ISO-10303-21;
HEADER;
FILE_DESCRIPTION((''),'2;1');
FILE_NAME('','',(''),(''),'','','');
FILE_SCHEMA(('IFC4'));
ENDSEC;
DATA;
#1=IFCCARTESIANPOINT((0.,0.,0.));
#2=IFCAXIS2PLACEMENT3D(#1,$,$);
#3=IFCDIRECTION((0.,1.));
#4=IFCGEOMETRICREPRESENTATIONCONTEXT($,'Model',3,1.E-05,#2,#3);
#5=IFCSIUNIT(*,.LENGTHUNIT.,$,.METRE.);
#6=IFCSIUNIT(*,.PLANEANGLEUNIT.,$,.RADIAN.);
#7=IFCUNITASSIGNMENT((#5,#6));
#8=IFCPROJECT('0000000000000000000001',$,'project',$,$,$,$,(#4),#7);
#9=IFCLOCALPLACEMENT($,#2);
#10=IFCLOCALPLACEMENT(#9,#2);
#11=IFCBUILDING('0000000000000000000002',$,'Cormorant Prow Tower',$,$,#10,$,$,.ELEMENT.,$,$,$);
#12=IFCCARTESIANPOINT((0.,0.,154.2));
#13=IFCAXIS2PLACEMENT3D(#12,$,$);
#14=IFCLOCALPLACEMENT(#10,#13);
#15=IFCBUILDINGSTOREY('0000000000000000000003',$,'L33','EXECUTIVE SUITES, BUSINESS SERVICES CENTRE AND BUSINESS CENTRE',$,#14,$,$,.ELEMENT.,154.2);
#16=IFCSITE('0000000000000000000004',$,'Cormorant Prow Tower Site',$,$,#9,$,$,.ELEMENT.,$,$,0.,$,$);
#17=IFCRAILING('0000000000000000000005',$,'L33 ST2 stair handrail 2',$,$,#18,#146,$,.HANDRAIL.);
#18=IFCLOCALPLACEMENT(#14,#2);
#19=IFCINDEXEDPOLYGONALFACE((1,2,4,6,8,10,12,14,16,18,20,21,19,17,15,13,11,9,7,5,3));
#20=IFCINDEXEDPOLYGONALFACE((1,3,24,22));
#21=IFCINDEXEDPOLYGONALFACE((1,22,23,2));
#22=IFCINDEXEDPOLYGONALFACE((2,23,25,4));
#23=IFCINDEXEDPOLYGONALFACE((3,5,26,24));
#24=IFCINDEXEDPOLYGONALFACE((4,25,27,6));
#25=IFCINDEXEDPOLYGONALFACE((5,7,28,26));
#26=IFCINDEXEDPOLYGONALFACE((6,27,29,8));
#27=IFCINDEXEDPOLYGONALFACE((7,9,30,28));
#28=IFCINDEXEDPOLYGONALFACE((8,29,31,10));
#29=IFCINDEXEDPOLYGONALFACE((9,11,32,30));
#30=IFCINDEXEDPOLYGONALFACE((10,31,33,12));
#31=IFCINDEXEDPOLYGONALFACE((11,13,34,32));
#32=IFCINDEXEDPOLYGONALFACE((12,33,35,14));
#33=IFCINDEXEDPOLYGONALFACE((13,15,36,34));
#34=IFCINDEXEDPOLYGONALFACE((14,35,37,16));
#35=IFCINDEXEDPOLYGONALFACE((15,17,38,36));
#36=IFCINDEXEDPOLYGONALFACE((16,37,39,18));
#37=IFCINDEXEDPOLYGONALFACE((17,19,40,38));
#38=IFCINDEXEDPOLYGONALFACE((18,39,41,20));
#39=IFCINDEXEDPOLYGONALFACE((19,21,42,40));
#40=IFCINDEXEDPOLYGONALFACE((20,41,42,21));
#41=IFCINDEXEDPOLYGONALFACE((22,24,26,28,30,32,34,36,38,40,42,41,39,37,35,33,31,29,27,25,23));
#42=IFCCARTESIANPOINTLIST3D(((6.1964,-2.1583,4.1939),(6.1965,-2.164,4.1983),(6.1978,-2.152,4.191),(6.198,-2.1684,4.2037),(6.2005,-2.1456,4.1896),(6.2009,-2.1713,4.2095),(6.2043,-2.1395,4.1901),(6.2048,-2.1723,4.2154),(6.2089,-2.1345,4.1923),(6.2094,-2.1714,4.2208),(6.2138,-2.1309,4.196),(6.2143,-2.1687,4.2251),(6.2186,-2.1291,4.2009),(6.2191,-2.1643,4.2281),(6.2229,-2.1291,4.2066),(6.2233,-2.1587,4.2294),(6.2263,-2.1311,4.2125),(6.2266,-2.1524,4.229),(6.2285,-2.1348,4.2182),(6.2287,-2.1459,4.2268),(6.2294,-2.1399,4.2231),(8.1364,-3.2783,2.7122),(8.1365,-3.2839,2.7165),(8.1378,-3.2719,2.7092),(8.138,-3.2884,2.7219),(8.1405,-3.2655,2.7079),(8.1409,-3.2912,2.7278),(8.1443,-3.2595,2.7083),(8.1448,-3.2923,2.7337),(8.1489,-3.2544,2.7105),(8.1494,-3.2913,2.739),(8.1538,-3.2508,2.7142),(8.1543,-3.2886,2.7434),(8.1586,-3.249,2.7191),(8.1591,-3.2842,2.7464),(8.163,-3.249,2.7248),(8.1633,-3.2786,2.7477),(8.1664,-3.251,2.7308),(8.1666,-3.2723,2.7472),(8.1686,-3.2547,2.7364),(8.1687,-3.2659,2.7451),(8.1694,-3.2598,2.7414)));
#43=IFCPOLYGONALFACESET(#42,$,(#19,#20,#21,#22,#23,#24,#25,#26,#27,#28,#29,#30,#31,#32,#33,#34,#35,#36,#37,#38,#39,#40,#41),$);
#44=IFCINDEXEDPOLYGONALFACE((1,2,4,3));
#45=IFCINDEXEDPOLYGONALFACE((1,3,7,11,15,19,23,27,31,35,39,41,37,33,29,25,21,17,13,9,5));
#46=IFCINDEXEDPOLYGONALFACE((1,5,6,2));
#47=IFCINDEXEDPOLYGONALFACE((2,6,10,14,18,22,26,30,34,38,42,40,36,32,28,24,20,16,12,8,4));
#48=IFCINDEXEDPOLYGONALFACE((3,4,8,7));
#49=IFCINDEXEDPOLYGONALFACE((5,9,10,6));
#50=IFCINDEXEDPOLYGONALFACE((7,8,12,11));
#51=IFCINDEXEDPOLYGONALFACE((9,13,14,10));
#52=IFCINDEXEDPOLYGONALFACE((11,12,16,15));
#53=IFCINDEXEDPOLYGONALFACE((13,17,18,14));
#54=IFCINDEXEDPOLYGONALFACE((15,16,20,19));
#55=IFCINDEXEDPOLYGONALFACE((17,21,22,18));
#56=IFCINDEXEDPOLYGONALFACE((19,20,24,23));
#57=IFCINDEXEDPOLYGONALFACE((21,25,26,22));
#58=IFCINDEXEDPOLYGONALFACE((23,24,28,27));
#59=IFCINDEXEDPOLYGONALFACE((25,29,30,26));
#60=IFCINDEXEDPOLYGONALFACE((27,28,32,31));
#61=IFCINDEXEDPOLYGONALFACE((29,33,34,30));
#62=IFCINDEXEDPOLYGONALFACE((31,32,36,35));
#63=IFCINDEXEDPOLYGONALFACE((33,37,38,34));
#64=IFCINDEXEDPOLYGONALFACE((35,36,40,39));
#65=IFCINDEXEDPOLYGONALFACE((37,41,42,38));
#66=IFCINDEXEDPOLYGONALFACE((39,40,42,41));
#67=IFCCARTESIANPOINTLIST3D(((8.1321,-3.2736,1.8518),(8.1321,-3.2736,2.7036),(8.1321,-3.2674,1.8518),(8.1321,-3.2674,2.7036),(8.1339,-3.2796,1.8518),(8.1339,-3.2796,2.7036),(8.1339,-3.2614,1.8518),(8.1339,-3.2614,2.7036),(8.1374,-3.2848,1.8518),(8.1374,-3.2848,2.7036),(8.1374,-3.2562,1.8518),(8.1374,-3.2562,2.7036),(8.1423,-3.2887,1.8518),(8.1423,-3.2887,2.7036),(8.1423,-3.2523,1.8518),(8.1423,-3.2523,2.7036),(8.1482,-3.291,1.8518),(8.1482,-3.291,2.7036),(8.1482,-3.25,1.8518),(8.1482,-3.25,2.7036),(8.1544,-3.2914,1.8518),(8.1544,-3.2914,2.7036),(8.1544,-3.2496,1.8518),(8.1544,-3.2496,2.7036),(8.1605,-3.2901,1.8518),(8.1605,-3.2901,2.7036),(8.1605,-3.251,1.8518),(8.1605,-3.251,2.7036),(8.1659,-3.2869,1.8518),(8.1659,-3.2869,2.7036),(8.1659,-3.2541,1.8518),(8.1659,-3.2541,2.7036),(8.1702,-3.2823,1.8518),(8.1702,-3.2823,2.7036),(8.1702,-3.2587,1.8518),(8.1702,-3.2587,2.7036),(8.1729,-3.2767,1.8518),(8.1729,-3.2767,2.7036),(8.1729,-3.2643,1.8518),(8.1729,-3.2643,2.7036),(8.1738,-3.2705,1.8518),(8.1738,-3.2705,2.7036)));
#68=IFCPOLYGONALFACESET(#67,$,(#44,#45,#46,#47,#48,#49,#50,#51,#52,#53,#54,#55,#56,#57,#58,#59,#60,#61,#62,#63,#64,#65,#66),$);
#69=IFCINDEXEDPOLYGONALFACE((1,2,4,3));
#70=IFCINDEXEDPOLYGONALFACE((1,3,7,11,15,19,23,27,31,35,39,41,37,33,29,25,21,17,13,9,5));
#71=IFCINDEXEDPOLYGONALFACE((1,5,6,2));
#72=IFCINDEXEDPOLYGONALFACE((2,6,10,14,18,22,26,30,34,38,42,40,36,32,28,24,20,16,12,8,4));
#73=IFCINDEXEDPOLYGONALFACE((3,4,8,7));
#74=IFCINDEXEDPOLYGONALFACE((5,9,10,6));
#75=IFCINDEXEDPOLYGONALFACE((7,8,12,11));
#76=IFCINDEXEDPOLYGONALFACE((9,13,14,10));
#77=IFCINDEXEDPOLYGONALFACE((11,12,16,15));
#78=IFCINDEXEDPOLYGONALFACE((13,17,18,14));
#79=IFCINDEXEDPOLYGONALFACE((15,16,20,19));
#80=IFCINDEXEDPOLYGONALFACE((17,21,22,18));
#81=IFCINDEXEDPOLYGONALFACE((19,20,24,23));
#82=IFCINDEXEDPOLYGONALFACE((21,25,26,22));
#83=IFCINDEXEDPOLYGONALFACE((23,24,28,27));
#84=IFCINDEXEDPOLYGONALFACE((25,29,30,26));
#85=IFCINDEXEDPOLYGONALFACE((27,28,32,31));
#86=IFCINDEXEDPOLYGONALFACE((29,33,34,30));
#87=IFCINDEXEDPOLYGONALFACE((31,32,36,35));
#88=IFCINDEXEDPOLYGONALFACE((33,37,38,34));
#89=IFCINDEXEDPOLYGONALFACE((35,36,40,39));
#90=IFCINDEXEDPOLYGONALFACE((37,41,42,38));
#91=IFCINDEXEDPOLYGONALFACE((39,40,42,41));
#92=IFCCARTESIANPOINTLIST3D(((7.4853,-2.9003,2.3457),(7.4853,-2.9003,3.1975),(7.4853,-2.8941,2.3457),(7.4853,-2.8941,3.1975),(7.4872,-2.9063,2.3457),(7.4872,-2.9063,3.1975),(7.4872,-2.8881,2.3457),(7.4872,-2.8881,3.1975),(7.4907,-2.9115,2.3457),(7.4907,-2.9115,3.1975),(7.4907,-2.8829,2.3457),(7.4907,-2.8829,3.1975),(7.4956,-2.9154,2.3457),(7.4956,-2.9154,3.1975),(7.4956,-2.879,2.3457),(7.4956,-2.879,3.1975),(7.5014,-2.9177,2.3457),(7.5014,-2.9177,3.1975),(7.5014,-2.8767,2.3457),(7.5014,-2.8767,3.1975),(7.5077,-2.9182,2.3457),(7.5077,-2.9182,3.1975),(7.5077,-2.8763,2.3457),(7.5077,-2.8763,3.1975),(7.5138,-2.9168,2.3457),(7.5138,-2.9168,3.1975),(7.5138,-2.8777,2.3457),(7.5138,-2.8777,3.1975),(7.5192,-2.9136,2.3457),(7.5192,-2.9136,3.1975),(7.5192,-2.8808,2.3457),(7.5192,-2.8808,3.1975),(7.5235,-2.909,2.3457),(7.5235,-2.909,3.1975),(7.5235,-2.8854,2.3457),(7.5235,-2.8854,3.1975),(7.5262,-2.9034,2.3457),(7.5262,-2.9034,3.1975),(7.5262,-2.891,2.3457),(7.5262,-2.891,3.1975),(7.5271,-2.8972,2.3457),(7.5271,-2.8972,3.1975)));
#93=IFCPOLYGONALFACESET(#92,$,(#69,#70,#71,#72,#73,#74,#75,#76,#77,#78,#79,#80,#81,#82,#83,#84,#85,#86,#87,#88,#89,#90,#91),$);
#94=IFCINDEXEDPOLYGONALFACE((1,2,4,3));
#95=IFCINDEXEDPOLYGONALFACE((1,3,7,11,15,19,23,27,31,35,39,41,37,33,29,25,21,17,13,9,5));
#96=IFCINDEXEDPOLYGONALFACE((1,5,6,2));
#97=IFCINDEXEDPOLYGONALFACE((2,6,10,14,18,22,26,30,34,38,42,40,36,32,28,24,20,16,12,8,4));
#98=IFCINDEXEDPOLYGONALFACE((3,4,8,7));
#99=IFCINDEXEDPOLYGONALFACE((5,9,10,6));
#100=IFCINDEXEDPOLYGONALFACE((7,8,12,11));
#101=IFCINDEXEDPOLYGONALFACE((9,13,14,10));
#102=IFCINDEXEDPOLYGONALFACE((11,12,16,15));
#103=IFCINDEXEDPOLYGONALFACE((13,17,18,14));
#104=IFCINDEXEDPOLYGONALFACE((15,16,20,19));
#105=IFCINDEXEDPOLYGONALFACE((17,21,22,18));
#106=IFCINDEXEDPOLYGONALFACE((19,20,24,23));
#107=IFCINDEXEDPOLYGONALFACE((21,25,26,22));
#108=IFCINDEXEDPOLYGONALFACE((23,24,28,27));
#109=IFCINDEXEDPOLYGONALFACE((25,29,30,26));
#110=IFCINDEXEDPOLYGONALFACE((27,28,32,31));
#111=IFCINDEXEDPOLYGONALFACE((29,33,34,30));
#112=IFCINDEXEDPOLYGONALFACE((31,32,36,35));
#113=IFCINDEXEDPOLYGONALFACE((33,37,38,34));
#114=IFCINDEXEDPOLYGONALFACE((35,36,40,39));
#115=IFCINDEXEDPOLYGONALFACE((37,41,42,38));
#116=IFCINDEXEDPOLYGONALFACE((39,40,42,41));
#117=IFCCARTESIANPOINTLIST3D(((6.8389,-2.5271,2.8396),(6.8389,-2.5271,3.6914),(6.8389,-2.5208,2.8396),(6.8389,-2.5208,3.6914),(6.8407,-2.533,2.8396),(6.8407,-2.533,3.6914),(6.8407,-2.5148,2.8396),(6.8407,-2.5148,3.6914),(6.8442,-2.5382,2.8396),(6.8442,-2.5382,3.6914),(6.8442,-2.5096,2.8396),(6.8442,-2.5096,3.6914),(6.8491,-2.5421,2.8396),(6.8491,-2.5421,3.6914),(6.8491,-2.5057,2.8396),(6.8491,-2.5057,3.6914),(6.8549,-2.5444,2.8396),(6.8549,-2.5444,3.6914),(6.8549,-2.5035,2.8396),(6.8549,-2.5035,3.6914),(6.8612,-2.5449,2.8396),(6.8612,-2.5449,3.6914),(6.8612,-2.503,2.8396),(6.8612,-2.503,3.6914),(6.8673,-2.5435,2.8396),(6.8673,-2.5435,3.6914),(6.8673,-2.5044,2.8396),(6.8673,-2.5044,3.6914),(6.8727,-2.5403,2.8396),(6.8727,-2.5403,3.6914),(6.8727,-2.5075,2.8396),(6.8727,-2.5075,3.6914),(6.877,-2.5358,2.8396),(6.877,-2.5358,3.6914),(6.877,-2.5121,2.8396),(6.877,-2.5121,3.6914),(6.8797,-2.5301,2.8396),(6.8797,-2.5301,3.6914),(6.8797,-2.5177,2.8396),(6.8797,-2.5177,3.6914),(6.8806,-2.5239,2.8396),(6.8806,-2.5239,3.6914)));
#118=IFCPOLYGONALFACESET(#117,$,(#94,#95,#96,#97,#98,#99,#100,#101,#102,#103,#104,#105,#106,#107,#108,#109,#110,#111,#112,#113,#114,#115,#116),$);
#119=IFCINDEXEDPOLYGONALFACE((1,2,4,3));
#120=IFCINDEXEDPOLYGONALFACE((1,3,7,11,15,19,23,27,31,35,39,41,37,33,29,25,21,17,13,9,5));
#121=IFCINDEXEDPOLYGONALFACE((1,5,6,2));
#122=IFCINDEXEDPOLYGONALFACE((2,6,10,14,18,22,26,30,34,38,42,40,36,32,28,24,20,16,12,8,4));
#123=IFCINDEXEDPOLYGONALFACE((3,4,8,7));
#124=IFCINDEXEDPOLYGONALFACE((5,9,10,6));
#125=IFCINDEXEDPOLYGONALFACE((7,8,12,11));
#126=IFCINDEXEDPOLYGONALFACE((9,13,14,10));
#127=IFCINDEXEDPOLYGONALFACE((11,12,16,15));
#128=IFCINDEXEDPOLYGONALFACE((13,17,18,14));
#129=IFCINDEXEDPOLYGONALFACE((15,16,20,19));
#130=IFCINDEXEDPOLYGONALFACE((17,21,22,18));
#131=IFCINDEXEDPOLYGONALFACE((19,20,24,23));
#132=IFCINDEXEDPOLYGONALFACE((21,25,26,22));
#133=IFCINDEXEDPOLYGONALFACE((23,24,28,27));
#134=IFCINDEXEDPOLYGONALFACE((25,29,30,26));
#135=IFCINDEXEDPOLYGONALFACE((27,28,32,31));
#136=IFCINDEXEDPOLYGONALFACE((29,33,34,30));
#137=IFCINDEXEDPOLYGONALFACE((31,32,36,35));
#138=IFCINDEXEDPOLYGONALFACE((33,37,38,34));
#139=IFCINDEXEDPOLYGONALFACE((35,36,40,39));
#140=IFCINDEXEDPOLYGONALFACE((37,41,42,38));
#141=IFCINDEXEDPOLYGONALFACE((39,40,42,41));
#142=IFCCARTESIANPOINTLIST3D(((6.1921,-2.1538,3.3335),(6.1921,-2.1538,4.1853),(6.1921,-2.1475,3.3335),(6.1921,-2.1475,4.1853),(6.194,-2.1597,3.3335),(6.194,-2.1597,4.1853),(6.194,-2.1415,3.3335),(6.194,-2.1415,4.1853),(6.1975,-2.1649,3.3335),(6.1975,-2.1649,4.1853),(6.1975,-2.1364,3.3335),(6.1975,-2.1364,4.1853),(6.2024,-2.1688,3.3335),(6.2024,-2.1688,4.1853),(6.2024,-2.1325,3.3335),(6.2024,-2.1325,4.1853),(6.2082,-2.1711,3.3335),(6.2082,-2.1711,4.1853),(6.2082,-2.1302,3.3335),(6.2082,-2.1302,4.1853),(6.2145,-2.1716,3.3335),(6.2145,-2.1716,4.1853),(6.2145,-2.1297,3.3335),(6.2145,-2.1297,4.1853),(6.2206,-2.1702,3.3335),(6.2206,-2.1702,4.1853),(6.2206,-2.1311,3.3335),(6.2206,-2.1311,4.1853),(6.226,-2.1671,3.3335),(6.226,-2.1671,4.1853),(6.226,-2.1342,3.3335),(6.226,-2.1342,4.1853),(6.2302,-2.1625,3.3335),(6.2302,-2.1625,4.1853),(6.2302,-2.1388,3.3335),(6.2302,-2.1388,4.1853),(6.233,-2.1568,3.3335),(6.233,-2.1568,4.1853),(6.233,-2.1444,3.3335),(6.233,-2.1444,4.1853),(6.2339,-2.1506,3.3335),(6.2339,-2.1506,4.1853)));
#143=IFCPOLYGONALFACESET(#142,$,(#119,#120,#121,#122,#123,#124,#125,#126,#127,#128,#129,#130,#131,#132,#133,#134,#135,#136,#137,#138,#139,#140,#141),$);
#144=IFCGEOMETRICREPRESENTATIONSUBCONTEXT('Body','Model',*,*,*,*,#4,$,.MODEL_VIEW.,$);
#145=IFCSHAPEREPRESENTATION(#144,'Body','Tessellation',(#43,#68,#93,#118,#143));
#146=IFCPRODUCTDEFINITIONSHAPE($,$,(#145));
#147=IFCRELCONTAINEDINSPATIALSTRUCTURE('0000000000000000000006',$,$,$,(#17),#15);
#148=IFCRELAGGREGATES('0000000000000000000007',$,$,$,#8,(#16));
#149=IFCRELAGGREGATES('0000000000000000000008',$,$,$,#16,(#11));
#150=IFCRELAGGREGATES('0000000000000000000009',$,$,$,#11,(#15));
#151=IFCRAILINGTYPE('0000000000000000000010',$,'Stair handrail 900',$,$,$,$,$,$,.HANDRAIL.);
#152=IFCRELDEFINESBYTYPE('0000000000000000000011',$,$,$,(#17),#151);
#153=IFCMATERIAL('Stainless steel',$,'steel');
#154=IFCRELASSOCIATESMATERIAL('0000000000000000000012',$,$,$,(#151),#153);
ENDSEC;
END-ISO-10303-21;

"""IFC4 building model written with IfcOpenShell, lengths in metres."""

from ifc_helpers import new_model, si_unit, direction, frame, origin, origin_2d, place, context, subcontext, project, spatial, circle, extrude, material, type_object, element, save


model = new_model("IFC4")

# Units and contexts
model_context = context("Model", 3, precision=1e-05, world=origin(), true_north=direction((0.0, 1.0)))
body_context = subcontext(model_context, "Body", "Model", "MODEL_VIEW")
ifc_project = project(units=[si_unit("LENGTHUNIT", "METRE"), si_unit("PLANEANGLEUNIT", "RADIAN")], contexts=[model_context])

# Site, building, storey
site_placement = place(None, origin())
site = spatial("IfcSite", under=ifc_project, at=site_placement, Name="Cormorant Prow Tower Site", CompositionType="ELEMENT", RefElevation=0.0)
building_placement = place(site_placement, origin())
building = spatial("IfcBuilding", under=site, at=building_placement, Name="Cormorant Prow Tower", CompositionType="ELEMENT")
storey_placement = place(building_placement, frame((0.0, 0.0, 154.2)))
storey = spatial("IfcBuildingStorey", under=building, at=storey_placement, Name="L33", Description="EXECUTIVE SUITES, BUSINESS SERVICES CENTRE AND BUSINESS CENTRE", CompositionType="ELEMENT", Elevation=154.2)

# Railing
ifc_material_1 = material(Name="Stainless steel", Category="steel")
railing_type_1 = type_object("IfcRailingType", Name="Stair handrail 900", PredefinedType="HANDRAIL", material=ifc_material_1)
railing_1_placement = place(storey_placement, frame((8.1528, -3.2705, 1.8518)))
element("IfcRailing", 1, at=railing_1_placement, inside=storey, type_object=railing_type_1, Name="L33 ST2 stair handrail 2", PredefinedType="HANDRAIL", context=body_context, shape_type="SweptSolid", body=[
    extrude(circle(Radius=0.0239, at=origin_2d()), frame((0.0, 0.0, 0.876), z_axis=(-0.722327, 0.416979, 0.551699), x_axis=(-0.499949, -0.866055, 0.0)), (0.0, 0.0, 1.0), 2.6858),
    extrude(circle(Radius=0.021, at=origin_2d()), origin(), (0.0, 0.0, 1.0), 0.8518),
    extrude(circle(Radius=0.021, at=origin_2d()), frame((-0.6467, 0.3733, 0.4939)), (0.0, 0.0, 1.0), 0.8518),
    extrude(circle(Radius=0.021, at=origin_2d()), frame((-1.2932, 0.7466, 0.9878)), (0.0, 0.0, 1.0), 0.8518),
    extrude(circle(Radius=0.021, at=origin_2d()), frame((-1.9399, 1.1199, 1.4817)), (0.0, 0.0, 1.0), 0.8518),
])

save(model, "model.ifc")
